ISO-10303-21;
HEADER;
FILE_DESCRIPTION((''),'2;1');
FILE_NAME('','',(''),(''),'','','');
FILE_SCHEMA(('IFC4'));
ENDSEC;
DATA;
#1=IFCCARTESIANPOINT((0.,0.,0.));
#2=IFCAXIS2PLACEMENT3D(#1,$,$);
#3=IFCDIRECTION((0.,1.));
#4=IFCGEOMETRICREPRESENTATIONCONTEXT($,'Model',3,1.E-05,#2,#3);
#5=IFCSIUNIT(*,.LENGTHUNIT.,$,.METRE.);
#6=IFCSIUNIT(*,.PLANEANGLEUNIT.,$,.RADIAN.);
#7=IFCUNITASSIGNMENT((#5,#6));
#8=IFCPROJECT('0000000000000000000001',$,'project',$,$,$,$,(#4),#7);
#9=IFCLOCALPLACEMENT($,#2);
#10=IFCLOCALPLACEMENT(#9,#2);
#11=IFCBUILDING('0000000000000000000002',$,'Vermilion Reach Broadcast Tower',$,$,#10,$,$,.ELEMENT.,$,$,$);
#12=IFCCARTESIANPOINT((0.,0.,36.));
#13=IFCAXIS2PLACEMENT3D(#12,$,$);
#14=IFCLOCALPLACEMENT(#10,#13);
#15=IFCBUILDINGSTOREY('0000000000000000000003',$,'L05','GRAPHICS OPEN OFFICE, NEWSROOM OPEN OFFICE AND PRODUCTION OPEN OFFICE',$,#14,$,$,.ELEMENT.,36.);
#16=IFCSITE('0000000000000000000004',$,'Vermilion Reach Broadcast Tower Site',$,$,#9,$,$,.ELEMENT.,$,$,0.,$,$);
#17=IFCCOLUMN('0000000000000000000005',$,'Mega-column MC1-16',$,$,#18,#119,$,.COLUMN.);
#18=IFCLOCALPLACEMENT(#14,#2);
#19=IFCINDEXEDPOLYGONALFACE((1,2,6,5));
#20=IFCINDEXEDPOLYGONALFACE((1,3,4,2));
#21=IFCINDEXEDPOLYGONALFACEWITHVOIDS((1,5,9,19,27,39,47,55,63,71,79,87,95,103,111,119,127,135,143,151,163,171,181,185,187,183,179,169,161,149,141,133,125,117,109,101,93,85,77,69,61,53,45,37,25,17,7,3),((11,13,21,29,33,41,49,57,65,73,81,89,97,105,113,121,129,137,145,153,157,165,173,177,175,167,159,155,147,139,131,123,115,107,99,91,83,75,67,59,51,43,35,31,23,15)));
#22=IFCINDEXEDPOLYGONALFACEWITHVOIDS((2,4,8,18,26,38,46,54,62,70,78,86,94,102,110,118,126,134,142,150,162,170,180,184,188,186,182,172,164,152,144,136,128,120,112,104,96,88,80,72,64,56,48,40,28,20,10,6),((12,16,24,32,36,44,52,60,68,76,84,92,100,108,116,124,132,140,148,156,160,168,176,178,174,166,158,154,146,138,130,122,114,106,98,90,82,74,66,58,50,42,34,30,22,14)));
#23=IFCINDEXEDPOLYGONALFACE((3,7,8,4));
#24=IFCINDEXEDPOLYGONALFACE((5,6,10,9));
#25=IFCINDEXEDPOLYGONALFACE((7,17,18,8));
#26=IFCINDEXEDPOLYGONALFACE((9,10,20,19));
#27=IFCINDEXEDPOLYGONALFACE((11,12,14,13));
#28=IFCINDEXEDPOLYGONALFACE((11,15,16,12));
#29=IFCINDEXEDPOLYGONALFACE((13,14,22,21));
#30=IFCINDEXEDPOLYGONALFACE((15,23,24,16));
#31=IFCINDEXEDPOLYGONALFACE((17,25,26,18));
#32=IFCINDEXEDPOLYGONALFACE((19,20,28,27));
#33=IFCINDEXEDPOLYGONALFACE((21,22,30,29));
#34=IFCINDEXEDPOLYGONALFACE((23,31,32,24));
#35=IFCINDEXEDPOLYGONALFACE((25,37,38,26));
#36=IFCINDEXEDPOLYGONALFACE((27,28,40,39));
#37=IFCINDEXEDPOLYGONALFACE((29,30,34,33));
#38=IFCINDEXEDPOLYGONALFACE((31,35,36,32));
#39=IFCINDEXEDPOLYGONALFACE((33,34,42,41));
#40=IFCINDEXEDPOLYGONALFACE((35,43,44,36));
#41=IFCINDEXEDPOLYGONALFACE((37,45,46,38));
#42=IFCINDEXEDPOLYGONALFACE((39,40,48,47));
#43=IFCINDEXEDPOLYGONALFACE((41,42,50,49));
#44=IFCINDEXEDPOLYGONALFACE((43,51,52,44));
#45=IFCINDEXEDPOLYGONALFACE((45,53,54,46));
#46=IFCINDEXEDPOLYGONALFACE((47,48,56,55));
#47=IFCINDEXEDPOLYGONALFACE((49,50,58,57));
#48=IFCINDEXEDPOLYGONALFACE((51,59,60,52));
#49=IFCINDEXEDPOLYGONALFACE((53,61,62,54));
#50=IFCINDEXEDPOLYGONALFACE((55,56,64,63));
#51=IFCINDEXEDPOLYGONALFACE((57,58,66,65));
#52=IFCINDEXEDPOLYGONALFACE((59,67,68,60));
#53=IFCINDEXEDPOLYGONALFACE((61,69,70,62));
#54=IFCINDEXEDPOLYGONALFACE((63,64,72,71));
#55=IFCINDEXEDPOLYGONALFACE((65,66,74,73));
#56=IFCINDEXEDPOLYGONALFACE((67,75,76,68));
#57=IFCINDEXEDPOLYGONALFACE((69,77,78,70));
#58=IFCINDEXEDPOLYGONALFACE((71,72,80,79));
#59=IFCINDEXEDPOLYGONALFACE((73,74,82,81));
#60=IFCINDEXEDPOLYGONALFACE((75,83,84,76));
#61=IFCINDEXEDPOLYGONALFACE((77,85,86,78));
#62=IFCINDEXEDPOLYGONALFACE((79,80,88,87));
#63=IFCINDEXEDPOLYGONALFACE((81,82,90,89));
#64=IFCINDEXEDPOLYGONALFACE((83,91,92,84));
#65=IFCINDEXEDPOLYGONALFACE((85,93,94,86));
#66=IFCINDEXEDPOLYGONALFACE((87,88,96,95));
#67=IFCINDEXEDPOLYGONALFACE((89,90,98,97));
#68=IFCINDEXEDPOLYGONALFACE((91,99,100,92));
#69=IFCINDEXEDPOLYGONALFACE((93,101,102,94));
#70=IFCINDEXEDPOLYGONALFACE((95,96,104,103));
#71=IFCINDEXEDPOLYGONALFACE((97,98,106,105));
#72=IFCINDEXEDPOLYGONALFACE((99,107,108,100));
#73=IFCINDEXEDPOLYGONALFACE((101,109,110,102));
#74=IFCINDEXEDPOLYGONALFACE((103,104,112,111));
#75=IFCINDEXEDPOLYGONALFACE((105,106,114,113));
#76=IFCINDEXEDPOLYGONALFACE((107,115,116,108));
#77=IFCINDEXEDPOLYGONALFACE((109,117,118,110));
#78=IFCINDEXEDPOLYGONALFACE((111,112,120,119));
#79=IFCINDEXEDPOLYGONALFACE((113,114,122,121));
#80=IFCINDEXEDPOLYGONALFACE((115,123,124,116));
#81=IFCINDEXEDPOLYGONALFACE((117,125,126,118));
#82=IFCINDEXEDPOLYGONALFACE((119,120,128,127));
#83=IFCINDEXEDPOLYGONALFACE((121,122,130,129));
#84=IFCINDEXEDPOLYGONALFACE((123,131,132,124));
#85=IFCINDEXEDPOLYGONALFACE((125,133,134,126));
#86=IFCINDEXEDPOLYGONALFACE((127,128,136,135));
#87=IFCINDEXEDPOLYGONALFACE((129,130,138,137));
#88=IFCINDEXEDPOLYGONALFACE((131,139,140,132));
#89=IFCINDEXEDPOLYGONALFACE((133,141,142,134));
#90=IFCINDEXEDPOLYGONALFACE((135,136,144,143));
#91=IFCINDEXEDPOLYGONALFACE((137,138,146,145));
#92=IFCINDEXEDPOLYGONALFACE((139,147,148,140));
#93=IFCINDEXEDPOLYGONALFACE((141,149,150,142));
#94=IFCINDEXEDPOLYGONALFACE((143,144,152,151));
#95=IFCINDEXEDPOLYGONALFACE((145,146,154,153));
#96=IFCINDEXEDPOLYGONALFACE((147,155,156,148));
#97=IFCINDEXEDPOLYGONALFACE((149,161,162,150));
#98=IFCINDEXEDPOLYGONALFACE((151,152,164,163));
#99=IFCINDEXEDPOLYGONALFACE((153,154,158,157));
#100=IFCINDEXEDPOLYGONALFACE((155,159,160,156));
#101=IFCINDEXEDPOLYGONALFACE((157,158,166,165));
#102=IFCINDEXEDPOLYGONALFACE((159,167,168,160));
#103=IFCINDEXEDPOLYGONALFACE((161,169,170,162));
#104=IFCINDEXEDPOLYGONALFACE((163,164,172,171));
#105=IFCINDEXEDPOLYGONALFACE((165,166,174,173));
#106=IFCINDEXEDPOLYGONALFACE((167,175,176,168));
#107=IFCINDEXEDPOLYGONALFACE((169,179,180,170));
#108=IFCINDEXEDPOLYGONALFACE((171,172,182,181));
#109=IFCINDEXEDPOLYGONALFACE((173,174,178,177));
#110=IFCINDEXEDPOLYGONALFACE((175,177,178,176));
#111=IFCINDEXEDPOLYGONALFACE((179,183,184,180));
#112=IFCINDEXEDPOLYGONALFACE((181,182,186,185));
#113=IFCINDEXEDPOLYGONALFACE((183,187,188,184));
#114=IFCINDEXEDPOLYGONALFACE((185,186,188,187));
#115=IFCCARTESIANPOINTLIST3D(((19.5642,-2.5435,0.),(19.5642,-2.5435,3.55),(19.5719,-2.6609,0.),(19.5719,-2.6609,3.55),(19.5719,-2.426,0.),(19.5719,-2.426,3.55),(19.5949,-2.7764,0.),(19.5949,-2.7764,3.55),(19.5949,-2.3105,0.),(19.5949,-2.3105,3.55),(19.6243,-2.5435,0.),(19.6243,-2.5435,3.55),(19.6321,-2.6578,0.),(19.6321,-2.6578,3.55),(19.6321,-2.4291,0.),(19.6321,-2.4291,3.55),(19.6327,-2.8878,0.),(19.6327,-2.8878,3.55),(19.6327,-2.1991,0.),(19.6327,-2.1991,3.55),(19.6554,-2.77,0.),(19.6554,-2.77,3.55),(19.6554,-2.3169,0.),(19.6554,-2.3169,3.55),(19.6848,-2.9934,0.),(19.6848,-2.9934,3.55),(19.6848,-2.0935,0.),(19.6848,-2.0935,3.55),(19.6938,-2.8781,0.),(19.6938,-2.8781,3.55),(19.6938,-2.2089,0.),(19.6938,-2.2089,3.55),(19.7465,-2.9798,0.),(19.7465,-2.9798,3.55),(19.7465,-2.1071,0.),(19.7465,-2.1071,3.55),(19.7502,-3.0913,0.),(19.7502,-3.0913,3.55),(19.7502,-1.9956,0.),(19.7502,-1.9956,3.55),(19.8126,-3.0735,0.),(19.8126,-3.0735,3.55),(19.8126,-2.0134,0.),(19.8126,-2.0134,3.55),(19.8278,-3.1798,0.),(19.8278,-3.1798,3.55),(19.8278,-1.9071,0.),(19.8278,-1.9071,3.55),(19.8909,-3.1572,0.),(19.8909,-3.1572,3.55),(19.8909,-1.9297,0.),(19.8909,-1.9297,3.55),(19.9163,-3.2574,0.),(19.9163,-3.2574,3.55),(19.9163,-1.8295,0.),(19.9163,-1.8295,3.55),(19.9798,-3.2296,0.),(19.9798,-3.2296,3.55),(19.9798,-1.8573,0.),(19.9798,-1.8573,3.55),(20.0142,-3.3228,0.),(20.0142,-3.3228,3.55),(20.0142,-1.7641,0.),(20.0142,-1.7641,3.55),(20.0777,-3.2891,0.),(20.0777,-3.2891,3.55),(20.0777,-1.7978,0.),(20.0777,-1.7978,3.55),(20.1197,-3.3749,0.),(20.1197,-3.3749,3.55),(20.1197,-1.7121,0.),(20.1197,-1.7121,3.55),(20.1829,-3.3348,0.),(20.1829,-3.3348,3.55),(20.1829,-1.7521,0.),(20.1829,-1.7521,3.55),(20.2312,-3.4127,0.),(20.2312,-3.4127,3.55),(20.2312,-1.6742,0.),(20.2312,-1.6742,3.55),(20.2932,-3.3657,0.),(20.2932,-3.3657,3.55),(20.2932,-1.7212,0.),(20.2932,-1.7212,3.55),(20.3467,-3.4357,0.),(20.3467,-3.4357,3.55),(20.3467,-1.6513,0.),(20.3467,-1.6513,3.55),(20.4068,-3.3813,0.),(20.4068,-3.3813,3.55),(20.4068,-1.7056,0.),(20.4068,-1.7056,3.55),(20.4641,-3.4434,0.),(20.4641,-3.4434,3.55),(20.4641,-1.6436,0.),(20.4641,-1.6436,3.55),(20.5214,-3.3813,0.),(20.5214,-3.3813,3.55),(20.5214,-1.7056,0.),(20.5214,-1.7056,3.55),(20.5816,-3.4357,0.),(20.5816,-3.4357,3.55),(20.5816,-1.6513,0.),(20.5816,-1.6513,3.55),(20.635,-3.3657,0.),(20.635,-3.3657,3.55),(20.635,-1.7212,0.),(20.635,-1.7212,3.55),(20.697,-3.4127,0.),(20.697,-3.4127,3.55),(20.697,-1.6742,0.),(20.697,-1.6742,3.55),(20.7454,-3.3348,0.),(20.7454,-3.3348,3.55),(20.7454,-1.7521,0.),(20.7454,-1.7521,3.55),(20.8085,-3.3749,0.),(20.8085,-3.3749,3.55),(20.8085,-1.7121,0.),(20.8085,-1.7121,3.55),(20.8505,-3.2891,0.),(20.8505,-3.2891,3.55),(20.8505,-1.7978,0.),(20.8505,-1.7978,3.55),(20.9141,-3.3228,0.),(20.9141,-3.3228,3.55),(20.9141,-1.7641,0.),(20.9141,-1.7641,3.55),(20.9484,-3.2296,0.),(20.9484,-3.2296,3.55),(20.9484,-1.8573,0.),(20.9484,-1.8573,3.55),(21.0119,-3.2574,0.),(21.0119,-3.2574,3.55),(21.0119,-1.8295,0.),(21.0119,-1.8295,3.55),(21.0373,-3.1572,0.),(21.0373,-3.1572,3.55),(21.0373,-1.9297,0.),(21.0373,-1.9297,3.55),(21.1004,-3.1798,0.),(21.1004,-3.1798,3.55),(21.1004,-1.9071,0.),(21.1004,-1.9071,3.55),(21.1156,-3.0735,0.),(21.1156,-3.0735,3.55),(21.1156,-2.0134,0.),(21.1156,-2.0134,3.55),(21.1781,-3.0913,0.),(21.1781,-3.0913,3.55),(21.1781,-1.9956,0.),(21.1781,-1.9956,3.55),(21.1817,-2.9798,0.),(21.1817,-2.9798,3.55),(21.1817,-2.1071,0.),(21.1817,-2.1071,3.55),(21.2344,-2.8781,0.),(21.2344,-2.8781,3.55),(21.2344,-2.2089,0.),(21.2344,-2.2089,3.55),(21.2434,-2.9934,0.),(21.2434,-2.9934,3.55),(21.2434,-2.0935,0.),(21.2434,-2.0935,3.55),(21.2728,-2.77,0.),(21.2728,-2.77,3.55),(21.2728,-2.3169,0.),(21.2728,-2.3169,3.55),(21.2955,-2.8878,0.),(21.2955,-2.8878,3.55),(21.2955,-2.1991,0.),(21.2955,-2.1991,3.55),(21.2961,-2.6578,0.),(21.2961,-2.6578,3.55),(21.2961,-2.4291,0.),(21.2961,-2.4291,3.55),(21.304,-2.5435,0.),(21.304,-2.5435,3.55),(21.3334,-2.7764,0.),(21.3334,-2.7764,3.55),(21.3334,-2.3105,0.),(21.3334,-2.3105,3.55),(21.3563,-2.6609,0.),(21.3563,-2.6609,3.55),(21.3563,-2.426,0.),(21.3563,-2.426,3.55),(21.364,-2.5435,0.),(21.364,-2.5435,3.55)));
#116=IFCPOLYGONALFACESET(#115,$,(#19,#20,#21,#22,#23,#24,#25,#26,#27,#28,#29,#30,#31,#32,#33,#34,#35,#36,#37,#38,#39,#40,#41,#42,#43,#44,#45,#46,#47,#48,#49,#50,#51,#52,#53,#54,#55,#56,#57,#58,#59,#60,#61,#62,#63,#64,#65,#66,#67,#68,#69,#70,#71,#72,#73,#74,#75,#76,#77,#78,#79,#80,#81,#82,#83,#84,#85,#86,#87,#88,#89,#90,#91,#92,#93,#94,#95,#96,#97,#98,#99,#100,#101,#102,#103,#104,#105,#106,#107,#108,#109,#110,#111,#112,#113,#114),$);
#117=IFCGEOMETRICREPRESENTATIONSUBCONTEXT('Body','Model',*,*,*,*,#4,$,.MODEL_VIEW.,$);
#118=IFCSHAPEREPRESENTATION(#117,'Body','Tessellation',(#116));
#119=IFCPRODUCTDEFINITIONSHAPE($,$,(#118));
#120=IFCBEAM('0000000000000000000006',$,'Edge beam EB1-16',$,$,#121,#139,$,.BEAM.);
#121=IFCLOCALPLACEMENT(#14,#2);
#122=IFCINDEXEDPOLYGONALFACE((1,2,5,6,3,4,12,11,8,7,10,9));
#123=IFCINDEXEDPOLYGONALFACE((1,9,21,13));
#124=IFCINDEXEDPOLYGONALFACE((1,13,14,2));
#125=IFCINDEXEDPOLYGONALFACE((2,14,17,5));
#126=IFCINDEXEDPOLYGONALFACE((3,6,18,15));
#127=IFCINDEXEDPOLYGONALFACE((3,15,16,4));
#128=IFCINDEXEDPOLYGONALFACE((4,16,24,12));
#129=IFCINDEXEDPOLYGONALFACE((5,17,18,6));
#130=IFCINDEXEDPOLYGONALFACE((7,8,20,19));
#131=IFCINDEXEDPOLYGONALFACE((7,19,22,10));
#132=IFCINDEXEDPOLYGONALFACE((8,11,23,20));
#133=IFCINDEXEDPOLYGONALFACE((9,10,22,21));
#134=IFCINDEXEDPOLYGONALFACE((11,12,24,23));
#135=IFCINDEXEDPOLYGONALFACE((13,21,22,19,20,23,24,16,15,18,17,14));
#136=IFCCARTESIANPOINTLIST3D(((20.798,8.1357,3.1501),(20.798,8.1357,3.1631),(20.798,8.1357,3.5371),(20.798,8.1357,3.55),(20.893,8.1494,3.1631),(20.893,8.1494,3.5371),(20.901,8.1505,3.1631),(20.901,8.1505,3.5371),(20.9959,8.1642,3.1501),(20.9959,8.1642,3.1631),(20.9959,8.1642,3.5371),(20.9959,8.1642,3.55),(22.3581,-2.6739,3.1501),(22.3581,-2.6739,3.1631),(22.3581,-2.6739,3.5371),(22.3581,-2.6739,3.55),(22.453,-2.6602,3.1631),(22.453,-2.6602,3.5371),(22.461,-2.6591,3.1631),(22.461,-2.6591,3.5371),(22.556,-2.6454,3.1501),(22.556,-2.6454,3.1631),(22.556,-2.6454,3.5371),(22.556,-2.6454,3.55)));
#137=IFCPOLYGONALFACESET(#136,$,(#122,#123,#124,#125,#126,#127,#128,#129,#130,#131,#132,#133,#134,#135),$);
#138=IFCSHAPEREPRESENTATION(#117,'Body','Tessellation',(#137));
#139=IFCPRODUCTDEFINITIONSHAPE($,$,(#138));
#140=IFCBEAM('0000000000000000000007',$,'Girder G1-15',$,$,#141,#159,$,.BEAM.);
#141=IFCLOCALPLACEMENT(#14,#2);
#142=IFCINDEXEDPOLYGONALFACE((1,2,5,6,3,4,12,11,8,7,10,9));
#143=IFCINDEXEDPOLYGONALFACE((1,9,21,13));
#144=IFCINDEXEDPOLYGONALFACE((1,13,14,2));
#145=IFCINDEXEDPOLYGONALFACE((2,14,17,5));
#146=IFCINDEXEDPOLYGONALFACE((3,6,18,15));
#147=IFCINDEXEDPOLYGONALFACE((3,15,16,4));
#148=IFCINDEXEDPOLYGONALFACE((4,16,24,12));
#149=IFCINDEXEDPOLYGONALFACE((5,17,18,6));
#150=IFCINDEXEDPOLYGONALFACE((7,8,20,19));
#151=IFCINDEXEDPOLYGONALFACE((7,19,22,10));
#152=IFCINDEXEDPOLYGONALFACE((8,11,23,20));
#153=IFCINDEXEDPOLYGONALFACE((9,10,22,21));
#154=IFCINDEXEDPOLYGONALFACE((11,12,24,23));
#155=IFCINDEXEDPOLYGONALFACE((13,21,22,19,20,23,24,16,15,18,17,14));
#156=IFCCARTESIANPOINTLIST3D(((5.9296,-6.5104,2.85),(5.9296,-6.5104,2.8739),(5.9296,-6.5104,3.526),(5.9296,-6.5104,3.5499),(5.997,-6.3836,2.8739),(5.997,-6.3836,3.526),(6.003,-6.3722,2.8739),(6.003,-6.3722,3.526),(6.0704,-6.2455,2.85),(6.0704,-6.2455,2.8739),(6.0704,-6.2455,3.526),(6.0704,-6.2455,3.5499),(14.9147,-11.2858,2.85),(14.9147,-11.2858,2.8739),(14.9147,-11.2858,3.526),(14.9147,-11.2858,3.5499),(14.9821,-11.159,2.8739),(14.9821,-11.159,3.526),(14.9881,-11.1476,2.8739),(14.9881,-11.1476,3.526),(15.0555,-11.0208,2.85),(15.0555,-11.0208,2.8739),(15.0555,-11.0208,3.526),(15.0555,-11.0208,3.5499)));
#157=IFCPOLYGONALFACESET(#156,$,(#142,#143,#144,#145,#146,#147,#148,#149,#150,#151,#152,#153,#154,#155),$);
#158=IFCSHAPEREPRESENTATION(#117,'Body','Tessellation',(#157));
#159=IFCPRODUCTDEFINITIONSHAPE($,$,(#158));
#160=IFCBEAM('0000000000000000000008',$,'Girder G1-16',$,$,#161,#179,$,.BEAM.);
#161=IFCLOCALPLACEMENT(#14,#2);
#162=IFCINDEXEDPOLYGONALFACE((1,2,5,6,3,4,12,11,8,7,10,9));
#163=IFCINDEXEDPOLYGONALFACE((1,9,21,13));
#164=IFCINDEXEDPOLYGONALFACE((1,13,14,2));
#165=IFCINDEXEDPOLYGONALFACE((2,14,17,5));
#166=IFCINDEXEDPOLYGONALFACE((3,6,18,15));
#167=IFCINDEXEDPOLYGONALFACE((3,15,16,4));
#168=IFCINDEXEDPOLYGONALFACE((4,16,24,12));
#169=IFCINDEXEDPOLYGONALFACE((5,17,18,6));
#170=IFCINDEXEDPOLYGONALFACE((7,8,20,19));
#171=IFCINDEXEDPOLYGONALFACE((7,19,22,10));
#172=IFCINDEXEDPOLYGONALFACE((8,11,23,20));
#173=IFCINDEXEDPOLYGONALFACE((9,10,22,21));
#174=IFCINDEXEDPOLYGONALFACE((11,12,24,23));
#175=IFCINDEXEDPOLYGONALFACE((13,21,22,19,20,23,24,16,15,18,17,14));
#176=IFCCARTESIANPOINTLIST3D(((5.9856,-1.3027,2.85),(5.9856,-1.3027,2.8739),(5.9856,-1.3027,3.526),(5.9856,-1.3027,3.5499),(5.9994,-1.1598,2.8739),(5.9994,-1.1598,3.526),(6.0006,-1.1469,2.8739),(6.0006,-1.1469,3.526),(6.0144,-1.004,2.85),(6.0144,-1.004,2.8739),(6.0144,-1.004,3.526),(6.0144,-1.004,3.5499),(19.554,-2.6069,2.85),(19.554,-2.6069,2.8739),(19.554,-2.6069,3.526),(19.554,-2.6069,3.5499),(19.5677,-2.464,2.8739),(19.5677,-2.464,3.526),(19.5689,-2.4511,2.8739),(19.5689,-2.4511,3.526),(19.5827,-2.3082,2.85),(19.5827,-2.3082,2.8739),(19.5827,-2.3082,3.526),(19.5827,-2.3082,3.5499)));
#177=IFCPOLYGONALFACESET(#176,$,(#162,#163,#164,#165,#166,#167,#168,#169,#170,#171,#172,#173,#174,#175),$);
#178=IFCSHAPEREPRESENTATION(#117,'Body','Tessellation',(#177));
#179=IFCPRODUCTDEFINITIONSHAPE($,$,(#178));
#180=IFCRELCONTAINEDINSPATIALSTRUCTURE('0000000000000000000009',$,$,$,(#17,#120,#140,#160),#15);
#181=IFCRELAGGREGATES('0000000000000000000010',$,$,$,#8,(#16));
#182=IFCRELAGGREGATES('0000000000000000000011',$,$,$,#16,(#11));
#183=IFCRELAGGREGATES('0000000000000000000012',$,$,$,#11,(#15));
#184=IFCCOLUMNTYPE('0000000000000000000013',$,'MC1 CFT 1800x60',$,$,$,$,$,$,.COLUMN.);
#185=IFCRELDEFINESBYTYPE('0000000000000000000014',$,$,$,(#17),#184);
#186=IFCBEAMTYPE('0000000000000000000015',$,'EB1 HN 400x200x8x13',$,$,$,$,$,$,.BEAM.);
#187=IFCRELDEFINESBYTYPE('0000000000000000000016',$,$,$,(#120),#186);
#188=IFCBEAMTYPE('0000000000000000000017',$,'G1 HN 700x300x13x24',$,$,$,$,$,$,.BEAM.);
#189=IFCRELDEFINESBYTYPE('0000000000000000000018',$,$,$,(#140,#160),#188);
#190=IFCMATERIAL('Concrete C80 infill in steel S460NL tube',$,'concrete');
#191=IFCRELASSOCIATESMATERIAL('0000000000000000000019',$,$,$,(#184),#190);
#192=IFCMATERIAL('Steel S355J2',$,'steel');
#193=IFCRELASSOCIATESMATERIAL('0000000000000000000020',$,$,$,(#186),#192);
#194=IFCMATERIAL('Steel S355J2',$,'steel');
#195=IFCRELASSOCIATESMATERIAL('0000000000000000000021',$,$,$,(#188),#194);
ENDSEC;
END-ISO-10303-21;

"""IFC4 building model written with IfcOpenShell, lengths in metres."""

from ifc_helpers import new_model, si_unit, direction, frame, origin, origin_2d, place, context, subcontext, project, spatial, hollow_circle, i_section, extrude, material, material_profile, profile_set, type_object, element, save


model = new_model("IFC4")

# Units and contexts
model_context = context("Model", 3, precision=1e-05, world=origin(), true_north=direction((0.0, 1.0)))
body_context = subcontext(model_context, "Body", "Model", "MODEL_VIEW")
ifc_project = project(units=[si_unit("LENGTHUNIT", "METRE"), si_unit("PLANEANGLEUNIT", "RADIAN")], contexts=[model_context])

# Site, building, storey
site_placement = place(None, origin())
site = spatial("IfcSite", under=ifc_project, at=site_placement, Name="Vermilion Reach Broadcast Tower Site", CompositionType="ELEMENT", RefElevation=0.0)
building_placement = place(site_placement, origin())
building = spatial("IfcBuilding", under=site, at=building_placement, Name="Vermilion Reach Broadcast Tower", CompositionType="ELEMENT")
storey_placement = place(building_placement, frame((0.0, 0.0, 36.0)))
storey = spatial("IfcBuildingStorey", under=building, at=storey_placement, Name="L05", Description="GRAPHICS OPEN OFFICE, NEWSROOM OPEN OFFICE AND PRODUCTION OPEN OFFICE", CompositionType="ELEMENT", Elevation=36.0)

# Column
ifc_material_1 = material(Name="Concrete C80 infill in steel S460NL tube", Category="concrete")
ifc_material_profile_1 = material_profile(ifc_material_1, hollow_circle(Radius=0.8999, WallThickness=0.0601, at=origin_2d()), Name="Concrete C80 infill in steel S460NL tube CFT 1800x60")
ifc_profile_set_1 = profile_set([ifc_material_profile_1], Name="Concrete C80 infill in steel S460NL tube")
column_type = type_object("IfcColumnType", Name="MC1 CFT 1800x60", PredefinedType="COLUMN", material=ifc_profile_set_1)
column_placement = place(storey_placement, frame((20.4641, -2.5435, 0.0), z_axis=(0.0, 0.0, 1.0), x_axis=(1.0, 0.0, 0.0)))
element("IfcColumn", 1, at=column_placement, inside=storey, type_object=column_type, Name="Mega-column MC1-16", PredefinedType="COLUMN", context=body_context, shape_type="SweptSolid", body=[
    extrude(hollow_circle(Radius=0.8999, WallThickness=0.0601, at=origin_2d()), origin(), (0.0, 0.0, 1.0), 3.55),
])

# Beams
ifc_material_2 = material(Name="Steel S355J2", Category="steel")
ifc_material_profile_2 = material_profile(ifc_material_2, i_section(OverallWidth=0.2, OverallDepth=0.3999, WebThickness=0.0081, FlangeThickness=0.0129, at=origin_2d()), Name="S355J2 HN 400x200x8x13")
ifc_profile_set_2 = profile_set([ifc_material_profile_2], Name="Steel S355J2")
beam_type_1 = type_object("IfcBeamType", Name="EB1 HN 400x200x8x13", PredefinedType="BEAM", material=ifc_profile_set_2)
beam_1_placement = place(storey_placement, frame((22.457, -2.6597, 3.3501), z_axis=(-0.142842, 0.989745, 0.0), x_axis=(-0.989745, -0.142842, 0.0)))
element("IfcBeam", 2, at=beam_1_placement, inside=storey, type_object=beam_type_1, Name="Edge beam EB1-16", PredefinedType="BEAM", context=body_context, shape_type="SweptSolid", body=[
    extrude(i_section(OverallWidth=0.2, OverallDepth=0.3999, WebThickness=0.0081, FlangeThickness=0.0129, at=origin_2d()), origin(), (0.0, 0.0, 1.0), 10.9216),
])
ifc_material_3 = material(Name="Steel S355J2", Category="steel")
ifc_material_profile_3 = material_profile(ifc_material_3, i_section(OverallWidth=0.3, OverallDepth=0.7, WebThickness=0.0129, FlangeThickness=0.0239, at=origin_2d()), Name="S355J2 HN 700x300x13x24")
ifc_profile_set_3 = profile_set([ifc_material_profile_3], Name="Steel S355J2")
beam_type_2 = type_object("IfcBeamType", Name="G1 HN 700x300x13x24", PredefinedType="BEAM", material=ifc_profile_set_3)
beam_2_placement = place(storey_placement, frame((6.0, -6.3779, 3.2), z_axis=(0.883032, -0.469313, 0.0), x_axis=(0.469313, 0.883032, 0.0)))
element("IfcBeam", 3, at=beam_2_placement, inside=storey, type_object=beam_type_2, Name="Girder G1-15", PredefinedType="BEAM", context=body_context, shape_type="SweptSolid", body=[
    extrude(i_section(OverallWidth=0.3, OverallDepth=0.7, WebThickness=0.0129, FlangeThickness=0.0239, at=origin_2d()), origin(), (0.0, 0.0, 1.0), 10.1753),
])
beam_3_placement = place(storey_placement, frame((6.0, -1.1533, 3.2), z_axis=(0.995412, -0.09568, 0.0), x_axis=(0.09568, 0.995412, 0.0)))
element("IfcBeam", 4, at=beam_3_placement, inside=storey, type_object=beam_type_2, Name="Girder G1-16", PredefinedType="BEAM", context=body_context, shape_type="SweptSolid", body=[
    extrude(i_section(OverallWidth=0.3, OverallDepth=0.7, WebThickness=0.0129, FlangeThickness=0.0239, at=origin_2d()), origin(), (0.0, 0.0, 1.0), 13.6309),
])

save(model, "model.ifc")
